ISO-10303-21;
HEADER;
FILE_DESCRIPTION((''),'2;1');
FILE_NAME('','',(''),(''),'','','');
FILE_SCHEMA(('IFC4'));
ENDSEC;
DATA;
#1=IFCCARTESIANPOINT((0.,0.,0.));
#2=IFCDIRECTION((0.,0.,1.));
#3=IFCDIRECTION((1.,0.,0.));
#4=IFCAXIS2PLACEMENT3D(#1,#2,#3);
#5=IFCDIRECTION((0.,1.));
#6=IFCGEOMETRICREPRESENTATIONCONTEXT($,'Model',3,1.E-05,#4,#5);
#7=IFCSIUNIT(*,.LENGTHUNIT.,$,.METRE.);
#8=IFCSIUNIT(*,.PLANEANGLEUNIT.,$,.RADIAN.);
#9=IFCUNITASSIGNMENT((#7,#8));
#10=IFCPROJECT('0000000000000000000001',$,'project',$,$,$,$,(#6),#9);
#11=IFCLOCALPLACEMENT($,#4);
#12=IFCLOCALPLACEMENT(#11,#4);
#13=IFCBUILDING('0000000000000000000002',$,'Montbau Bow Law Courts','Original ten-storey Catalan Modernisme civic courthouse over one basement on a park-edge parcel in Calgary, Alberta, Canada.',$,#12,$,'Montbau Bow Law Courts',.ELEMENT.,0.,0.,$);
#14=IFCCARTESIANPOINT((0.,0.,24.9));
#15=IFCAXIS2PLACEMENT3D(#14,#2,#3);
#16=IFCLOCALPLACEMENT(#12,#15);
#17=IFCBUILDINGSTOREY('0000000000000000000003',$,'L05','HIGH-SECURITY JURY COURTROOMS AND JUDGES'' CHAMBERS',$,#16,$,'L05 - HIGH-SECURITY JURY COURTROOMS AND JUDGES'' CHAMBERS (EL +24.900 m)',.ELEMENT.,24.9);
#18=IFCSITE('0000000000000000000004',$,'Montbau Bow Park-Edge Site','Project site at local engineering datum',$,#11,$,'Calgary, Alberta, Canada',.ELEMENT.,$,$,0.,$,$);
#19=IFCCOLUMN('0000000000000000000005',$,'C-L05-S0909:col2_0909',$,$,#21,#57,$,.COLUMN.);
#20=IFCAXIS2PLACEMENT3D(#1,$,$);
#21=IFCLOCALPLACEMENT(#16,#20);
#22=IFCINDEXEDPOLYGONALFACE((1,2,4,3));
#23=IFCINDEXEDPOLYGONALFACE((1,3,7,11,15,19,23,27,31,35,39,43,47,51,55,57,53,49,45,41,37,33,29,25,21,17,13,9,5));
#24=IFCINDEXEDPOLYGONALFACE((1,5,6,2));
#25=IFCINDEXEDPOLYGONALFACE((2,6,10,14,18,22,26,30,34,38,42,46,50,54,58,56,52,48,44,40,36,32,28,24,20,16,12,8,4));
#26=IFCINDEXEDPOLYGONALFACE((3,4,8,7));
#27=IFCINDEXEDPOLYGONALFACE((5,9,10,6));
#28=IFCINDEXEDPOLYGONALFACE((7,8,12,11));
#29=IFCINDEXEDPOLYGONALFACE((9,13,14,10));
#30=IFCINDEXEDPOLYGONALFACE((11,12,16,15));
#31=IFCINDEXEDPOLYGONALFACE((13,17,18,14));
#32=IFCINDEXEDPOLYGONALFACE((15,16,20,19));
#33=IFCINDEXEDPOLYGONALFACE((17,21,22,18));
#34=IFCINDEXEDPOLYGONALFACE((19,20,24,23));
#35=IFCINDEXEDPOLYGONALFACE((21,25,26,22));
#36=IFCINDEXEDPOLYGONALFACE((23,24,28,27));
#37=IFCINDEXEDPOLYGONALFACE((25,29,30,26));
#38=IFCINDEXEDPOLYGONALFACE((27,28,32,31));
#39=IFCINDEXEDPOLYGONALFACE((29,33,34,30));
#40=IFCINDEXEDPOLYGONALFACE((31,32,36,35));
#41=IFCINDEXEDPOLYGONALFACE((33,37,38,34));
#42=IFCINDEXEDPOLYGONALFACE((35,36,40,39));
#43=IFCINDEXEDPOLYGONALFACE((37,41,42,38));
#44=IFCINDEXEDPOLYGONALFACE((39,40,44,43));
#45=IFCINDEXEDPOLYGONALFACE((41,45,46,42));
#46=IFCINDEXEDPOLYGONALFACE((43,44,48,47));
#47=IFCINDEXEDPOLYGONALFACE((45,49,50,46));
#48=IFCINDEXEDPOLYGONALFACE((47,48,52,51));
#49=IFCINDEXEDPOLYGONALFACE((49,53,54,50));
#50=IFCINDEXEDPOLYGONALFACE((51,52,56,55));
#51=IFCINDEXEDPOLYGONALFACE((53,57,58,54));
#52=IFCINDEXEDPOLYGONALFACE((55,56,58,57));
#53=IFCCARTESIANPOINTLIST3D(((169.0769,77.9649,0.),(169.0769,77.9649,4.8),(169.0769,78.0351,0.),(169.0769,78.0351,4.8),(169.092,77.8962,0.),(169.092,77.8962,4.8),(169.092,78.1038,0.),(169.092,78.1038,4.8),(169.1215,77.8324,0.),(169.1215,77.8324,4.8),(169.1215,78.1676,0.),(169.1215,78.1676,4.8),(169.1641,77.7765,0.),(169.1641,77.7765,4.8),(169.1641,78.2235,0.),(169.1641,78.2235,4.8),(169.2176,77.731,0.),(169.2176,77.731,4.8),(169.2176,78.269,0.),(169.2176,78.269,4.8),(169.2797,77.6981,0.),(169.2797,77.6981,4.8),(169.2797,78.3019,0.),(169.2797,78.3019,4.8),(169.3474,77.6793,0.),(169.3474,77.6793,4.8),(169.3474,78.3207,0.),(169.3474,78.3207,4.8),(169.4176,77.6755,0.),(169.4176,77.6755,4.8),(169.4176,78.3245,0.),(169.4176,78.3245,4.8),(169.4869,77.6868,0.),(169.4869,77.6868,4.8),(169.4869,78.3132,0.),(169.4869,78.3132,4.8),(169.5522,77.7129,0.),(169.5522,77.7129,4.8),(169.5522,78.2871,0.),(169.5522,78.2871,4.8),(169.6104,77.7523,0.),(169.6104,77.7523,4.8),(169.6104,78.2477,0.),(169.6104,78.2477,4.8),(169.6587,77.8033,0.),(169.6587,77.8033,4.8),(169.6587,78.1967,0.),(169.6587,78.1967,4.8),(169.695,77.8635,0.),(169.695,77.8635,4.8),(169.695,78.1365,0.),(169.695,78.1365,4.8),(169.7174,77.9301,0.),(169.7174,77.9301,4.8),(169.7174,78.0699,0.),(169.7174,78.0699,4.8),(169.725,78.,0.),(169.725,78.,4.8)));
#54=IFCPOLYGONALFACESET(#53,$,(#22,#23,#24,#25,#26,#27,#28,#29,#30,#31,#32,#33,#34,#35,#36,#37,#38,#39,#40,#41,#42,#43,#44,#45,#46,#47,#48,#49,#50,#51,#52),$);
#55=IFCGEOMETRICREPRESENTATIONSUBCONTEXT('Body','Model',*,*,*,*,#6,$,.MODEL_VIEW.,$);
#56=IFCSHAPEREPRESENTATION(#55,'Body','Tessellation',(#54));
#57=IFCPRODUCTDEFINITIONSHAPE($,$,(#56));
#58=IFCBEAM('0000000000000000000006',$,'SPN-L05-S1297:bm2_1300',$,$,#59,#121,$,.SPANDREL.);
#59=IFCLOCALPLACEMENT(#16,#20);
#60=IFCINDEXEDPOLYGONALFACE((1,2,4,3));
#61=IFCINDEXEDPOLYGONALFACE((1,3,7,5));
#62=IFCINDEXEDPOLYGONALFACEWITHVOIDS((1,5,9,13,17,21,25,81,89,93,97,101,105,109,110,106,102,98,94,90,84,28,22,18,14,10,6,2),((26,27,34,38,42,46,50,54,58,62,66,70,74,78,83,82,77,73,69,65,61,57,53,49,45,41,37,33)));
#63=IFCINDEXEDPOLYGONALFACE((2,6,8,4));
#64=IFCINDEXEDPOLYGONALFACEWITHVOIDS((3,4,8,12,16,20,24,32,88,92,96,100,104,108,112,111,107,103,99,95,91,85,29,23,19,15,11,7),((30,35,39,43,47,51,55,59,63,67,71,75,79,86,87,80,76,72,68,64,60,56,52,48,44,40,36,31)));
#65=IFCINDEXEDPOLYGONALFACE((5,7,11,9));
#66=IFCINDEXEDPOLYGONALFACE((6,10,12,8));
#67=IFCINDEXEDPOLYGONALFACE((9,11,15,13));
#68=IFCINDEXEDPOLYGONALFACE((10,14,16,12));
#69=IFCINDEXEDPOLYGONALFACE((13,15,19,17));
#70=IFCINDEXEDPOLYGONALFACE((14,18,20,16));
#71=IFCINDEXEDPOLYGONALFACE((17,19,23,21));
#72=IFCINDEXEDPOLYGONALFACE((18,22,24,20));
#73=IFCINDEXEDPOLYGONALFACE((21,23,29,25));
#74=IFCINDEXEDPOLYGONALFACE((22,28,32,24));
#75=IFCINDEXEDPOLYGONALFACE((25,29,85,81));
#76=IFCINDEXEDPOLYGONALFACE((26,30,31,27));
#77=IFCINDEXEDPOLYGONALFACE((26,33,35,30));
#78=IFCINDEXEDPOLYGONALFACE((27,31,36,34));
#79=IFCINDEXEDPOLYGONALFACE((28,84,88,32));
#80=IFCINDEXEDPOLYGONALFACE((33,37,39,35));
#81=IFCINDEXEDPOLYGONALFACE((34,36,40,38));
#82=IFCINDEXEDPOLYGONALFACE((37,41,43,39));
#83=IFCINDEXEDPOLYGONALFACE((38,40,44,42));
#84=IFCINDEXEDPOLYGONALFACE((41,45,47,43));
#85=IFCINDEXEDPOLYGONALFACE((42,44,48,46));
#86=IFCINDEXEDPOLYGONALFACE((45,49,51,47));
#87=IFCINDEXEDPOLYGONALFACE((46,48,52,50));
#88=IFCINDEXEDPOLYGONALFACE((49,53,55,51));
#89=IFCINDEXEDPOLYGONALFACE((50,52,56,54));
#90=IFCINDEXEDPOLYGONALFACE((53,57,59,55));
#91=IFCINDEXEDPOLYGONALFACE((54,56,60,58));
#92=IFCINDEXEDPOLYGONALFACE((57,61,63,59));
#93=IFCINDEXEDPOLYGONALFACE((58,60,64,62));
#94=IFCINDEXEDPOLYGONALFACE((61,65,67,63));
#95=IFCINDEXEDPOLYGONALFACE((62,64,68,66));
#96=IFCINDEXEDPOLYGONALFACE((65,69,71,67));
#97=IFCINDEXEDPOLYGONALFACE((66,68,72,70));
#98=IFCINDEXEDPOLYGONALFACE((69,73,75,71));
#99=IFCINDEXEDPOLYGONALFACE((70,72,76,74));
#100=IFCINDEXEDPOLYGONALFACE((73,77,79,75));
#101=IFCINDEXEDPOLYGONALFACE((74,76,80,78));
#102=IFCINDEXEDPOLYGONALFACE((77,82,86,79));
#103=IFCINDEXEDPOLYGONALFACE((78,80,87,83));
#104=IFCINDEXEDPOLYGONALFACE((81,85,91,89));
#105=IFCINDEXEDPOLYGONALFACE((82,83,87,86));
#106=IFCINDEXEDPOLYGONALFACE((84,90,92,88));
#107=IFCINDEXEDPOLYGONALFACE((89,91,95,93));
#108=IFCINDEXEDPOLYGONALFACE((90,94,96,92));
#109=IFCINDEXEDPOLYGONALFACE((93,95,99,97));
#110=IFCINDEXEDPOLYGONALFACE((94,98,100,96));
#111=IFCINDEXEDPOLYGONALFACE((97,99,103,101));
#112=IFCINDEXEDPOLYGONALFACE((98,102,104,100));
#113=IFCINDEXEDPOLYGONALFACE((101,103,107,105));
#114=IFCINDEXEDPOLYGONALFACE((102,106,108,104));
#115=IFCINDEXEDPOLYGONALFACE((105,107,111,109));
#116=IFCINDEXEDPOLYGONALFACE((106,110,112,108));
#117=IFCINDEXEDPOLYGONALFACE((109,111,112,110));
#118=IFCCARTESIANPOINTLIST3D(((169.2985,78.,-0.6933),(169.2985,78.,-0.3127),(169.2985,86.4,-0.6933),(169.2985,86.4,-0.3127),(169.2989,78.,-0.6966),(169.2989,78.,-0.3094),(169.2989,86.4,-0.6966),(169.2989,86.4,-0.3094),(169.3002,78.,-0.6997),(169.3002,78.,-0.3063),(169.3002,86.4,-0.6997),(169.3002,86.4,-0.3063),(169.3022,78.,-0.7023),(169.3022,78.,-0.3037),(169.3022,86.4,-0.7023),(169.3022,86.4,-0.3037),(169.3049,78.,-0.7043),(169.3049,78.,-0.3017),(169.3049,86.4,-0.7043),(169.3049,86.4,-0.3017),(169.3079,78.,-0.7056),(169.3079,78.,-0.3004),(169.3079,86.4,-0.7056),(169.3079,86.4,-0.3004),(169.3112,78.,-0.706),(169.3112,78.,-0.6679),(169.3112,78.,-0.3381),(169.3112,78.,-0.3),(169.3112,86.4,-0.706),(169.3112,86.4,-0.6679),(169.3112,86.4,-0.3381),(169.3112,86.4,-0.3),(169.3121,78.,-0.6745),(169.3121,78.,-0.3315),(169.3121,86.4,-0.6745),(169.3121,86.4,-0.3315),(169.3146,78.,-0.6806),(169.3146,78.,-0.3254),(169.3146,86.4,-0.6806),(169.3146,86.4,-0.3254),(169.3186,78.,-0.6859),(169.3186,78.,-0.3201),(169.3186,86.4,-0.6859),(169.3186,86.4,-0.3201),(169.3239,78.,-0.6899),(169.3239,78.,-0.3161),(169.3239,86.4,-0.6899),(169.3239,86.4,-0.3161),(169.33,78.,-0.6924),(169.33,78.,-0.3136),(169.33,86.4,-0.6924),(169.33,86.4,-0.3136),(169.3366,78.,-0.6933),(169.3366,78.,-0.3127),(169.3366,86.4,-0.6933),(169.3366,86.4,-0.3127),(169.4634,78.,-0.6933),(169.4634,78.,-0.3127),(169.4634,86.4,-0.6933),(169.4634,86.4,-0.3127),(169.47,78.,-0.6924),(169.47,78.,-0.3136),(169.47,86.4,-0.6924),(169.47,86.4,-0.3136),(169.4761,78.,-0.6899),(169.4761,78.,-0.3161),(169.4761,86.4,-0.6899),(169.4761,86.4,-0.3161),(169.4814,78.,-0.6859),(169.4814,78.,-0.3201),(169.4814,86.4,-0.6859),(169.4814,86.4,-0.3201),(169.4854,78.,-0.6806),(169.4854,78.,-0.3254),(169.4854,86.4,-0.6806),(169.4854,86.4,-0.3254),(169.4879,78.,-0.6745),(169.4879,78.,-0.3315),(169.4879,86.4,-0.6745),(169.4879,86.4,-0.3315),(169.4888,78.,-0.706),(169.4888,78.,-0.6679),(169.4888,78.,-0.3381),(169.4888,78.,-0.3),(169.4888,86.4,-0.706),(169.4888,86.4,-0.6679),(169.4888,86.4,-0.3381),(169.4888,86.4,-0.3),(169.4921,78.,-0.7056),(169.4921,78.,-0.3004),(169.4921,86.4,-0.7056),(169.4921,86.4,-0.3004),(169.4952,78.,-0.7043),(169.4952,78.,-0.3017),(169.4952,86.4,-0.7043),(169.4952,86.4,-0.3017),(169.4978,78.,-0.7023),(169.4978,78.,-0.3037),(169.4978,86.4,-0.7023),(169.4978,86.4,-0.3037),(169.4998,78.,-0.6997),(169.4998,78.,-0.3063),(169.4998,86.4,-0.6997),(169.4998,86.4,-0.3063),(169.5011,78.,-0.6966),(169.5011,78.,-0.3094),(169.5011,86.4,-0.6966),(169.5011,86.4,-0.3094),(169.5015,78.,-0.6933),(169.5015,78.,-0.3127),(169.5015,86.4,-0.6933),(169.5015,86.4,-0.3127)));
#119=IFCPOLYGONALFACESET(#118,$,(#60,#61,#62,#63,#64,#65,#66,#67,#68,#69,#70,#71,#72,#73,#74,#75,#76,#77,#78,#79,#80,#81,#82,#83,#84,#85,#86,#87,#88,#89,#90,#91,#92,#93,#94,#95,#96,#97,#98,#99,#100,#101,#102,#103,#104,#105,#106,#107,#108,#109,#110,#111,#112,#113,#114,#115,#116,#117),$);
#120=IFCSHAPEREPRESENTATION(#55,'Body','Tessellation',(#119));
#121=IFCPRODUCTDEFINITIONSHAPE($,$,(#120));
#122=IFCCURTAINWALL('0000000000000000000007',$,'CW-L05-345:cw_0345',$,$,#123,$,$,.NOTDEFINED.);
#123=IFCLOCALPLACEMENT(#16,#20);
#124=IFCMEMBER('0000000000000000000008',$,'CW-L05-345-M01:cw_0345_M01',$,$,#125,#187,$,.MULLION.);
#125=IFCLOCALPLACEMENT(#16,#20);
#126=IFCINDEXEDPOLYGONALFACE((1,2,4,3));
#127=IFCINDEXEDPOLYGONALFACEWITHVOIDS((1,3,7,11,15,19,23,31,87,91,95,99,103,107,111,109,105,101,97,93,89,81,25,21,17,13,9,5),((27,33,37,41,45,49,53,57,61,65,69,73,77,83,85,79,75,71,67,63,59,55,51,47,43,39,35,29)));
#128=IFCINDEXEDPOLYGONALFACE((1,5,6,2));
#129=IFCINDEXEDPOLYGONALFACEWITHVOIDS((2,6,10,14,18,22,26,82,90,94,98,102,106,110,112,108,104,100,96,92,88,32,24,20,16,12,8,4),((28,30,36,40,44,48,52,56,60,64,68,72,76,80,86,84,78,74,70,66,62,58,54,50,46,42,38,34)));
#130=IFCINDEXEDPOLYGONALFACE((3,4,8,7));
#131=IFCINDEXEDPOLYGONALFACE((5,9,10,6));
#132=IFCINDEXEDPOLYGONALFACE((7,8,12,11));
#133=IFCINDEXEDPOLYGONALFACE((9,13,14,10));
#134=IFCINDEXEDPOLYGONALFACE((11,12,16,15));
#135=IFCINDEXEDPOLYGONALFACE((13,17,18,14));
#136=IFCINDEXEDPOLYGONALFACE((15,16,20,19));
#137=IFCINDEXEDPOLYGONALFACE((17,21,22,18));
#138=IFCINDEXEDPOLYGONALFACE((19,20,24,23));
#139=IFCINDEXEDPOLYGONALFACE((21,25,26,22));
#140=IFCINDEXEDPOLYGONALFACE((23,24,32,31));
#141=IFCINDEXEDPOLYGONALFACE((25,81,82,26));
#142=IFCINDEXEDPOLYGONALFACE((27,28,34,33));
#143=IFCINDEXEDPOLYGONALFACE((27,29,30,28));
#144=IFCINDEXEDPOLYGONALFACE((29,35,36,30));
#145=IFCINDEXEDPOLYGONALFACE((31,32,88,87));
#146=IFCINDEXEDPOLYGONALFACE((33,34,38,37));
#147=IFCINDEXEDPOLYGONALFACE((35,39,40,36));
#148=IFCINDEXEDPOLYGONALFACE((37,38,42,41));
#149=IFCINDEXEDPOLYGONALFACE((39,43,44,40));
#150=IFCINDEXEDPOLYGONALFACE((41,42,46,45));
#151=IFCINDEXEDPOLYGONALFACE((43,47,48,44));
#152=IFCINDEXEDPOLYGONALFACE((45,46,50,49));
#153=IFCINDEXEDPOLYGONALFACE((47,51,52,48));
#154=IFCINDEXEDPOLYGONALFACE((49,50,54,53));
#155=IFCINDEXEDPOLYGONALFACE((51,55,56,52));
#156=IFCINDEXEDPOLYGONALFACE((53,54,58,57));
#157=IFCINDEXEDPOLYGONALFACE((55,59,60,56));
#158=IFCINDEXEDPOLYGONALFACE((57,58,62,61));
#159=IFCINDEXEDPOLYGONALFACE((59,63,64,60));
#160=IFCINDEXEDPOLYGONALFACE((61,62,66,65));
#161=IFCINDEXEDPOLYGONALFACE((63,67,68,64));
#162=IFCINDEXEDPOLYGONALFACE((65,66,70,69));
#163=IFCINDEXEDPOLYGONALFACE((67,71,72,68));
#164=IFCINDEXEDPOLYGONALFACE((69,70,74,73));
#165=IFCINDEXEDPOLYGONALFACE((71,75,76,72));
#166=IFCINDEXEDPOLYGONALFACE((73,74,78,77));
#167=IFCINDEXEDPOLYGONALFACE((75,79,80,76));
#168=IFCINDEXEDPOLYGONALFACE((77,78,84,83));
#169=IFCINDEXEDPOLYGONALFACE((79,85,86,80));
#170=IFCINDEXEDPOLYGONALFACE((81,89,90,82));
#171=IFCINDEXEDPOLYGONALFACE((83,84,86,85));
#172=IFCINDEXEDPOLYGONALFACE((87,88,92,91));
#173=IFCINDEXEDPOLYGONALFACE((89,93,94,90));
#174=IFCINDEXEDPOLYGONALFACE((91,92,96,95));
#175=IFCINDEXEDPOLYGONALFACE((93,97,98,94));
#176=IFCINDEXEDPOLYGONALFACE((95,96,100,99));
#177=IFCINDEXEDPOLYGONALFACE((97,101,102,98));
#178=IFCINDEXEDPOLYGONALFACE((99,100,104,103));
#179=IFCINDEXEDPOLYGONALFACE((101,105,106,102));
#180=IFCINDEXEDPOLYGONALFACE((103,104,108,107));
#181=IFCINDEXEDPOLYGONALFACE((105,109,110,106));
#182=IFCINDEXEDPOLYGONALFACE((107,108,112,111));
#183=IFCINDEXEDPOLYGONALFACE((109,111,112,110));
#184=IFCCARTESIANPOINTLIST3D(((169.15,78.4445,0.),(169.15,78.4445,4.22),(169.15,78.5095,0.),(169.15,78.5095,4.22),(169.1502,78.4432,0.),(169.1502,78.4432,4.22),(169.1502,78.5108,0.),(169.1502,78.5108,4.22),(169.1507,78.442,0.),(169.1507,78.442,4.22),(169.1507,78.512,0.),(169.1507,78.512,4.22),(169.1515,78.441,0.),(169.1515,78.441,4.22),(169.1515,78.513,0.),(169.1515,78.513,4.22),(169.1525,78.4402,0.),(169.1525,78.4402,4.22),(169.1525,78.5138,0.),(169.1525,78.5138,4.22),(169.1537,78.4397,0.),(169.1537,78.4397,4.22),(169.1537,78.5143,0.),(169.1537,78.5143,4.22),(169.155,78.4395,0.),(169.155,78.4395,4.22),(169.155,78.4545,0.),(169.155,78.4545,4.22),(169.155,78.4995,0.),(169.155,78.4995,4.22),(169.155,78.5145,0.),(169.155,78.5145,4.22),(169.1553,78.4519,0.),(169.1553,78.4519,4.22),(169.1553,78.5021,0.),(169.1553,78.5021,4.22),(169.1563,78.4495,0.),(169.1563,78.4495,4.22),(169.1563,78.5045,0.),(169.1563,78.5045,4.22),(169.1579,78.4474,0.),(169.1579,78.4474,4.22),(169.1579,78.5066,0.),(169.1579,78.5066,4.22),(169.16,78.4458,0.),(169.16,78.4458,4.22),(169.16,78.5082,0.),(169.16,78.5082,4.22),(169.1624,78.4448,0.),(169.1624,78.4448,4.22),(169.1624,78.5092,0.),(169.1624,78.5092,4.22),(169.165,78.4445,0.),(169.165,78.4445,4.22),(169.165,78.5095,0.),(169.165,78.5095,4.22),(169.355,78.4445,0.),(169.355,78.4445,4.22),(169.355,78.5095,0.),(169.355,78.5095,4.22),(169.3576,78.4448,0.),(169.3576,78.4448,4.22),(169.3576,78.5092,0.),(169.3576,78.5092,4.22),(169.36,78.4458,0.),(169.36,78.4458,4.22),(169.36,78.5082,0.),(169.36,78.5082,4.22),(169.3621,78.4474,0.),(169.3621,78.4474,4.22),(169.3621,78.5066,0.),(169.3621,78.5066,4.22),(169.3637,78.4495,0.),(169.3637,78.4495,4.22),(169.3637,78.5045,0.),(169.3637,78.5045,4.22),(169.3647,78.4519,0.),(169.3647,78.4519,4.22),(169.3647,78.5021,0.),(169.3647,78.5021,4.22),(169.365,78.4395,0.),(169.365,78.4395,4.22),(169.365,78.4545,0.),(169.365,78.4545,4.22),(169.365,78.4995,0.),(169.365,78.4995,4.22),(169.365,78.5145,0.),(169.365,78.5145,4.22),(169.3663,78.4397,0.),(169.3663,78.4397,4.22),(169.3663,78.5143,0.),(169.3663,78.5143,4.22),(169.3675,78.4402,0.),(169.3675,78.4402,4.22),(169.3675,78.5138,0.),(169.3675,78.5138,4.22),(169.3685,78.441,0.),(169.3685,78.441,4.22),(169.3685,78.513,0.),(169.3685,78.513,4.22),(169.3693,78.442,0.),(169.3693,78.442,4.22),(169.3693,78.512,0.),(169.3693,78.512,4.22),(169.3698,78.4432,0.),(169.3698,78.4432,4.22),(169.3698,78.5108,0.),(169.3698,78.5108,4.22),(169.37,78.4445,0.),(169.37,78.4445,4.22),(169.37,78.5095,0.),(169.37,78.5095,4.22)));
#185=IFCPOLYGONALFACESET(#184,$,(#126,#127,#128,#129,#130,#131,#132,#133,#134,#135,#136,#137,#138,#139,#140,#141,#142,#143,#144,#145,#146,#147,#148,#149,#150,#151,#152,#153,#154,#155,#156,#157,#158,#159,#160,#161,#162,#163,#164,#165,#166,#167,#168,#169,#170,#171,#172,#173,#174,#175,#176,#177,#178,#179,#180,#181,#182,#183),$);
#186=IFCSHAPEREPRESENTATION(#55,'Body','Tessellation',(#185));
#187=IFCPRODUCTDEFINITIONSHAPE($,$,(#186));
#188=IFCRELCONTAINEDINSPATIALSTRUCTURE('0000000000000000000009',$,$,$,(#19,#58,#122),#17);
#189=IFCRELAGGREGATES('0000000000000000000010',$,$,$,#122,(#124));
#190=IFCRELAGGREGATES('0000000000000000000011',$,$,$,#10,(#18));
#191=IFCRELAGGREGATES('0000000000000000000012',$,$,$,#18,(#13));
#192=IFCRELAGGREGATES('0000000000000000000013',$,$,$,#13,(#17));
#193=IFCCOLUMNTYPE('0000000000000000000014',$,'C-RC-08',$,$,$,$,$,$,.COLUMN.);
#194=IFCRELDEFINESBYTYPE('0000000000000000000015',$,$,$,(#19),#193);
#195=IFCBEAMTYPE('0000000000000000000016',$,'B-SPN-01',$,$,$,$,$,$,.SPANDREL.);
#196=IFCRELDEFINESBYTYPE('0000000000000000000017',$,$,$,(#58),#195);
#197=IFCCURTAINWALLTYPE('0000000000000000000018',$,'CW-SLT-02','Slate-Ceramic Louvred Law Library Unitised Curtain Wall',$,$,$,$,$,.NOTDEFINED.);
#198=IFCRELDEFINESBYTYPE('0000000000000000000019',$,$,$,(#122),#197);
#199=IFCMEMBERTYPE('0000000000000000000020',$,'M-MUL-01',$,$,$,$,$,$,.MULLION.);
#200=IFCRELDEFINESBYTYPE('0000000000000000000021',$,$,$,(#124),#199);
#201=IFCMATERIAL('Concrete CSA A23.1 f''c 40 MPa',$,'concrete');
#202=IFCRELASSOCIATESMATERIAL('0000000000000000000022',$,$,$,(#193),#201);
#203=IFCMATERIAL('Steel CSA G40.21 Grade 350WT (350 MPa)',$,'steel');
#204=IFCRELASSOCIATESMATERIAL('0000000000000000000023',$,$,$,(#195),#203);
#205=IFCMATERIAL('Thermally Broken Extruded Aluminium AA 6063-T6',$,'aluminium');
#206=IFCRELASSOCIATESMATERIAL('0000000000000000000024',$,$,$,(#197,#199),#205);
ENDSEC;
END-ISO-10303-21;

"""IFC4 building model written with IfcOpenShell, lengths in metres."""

from ifc_helpers import new_model, si_unit, direction, frame, origin_with_axes, origin_2d_with_axis, place, context, subcontext, project, spatial, hollow_rectangle, circle, extrude, material, material_profile, profile_set, type_object, element, aggregate, save


model = new_model("IFC4")

# Units and contexts
model_context = context("Model", 3, precision=1e-05, world=origin_with_axes(), true_north=direction((0.0, 1.0)))
body_context = subcontext(model_context, "Body", "Model", "MODEL_VIEW")
ifc_project = project(units=[si_unit("LENGTHUNIT", "METRE"), si_unit("PLANEANGLEUNIT", "RADIAN")], contexts=[model_context])

# Site, building, storey
site_placement = place(None, origin_with_axes())
site = spatial("IfcSite", under=ifc_project, at=site_placement, Name="Montbau Bow Park-Edge Site", Description="Project site at local engineering datum", LongName="Calgary, Alberta, Canada", CompositionType="ELEMENT", RefElevation=0.0)
building_placement = place(site_placement, origin_with_axes())
building = spatial("IfcBuilding", under=site, at=building_placement, Name="Montbau Bow Law Courts", Description="Original ten-storey Catalan Modernisme civic courthouse over one basement on a park-edge parcel in Calgary, Alberta, Canada.", LongName="Montbau Bow Law Courts", CompositionType="ELEMENT", ElevationOfRefHeight=0.0, ElevationOfTerrain=0.0)
storey_placement = place(building_placement, frame((0.0, 0.0, 24.9), z_axis=(0.0, 0.0, 1.0), x_axis=(1.0, 0.0, 0.0)))
storey = spatial("IfcBuildingStorey", under=building, at=storey_placement, Name="L05", Description="HIGH-SECURITY JURY COURTROOMS AND JUDGES' CHAMBERS", LongName="L05 - HIGH-SECURITY JURY COURTROOMS AND JUDGES' CHAMBERS (EL +24.900 m)", CompositionType="ELEMENT", Elevation=24.9)

# Column
ifc_material_1 = material(Name="Concrete CSA A23.1 f'c 40 MPa", Category="concrete")
ifc_material_profile_1 = material_profile(ifc_material_1, circle(Radius=0.325, at=origin_2d_with_axis()), Name="RC650D", Category="Main", Priority=0)
ifc_profile_set_1 = profile_set([ifc_material_profile_1], Name="Concrete CSA A23.1 f'c 40 MPa")
column_type = type_object("IfcColumnType", Name="C-RC-08", PredefinedType="COLUMN", material=ifc_profile_set_1)
column_placement = place(None, frame((169.4, 78.0, 24.9), z_axis=(0.0, 0.0, 1.0), x_axis=(1.0, 0.0, 0.0)))
element("IfcColumn", 1, at=column_placement, inside=storey, type_object=column_type, Name="C-L05-S0909:col2_0909", PredefinedType="COLUMN", context=body_context, shape_type="SweptSolid", body=[
    extrude(circle(Radius=0.325, at=origin_2d_with_axis()), origin_with_axes(), (0.0, 0.0, 1.0), 4.8),
])

# Beam
ifc_material_2 = material(Name="Steel CSA G40.21 Grade 350WT (350 MPa)", Category="steel")
ifc_material_profile_2 = material_profile(ifc_material_2, hollow_rectangle(XDim=0.203, YDim=0.406, WallThickness=0.0127, InnerFilletRadius=0.0254, OuterFilletRadius=0.0127, at=origin_2d_with_axis()), Name="HSS406X203X13", Category="Main", Priority=0)
ifc_profile_set_2 = profile_set([ifc_material_profile_2], Name="Steel CSA G40.21 Grade 350WT (350 MPa)")
beam_type = type_object("IfcBeamType", Name="B-SPN-01", PredefinedType="SPANDREL", material=ifc_profile_set_2)
beam_placement = place(None, frame((169.4, 78.0, 24.397), z_axis=(0.0, 1.0, 0.0), x_axis=(-1.0, 0.0, 0.0)))
element("IfcBeam", 2, at=beam_placement, inside=storey, type_object=beam_type, Name="SPN-L05-S1297:bm2_1300", PredefinedType="SPANDREL", context=body_context, shape_type="SweptSolid", body=[
    extrude(hollow_rectangle(XDim=0.203, YDim=0.406, WallThickness=0.0127, InnerFilletRadius=0.0254, OuterFilletRadius=0.0127, at=origin_2d_with_axis()), origin_with_axes(), (0.0, 0.0, 1.0), 8.4),
])

# Curtain wall, member
ifc_material_3 = material(Name="Thermally Broken Extruded Aluminium AA 6063-T6", Category="aluminium")
curtain_wall_type = type_object("IfcCurtainWallType", Name="CW-SLT-02", Description="Slate-Ceramic Louvred Law Library Unitised Curtain Wall", PredefinedType="NOTDEFINED", material=ifc_material_3)
curtain_wall_placement = place(None, frame((169.26, 78.44, 24.9), z_axis=(0.0, 0.0, 1.0), x_axis=(1.0, 0.0, 0.0)))
curtain_wall = element("IfcCurtainWall", 3, at=curtain_wall_placement, inside=storey, type_object=curtain_wall_type, Name="CW-L05-345:cw_0345", PredefinedType="NOTDEFINED")
ifc_material_profile_3 = material_profile(ifc_material_3, hollow_rectangle(XDim=0.075, YDim=0.22, WallThickness=0.005, InnerFilletRadius=0.01, OuterFilletRadius=0.005, at=origin_2d_with_axis()), Name="CWM-220X75", Category="Main", Priority=0)
ifc_profile_set_3 = profile_set([ifc_material_profile_3], Name="Thermally Broken Extruded Aluminium AA 6063-T6")
member_type_1 = type_object("IfcMemberType", Name="M-MUL-01", PredefinedType="MULLION", material=ifc_profile_set_3)
member_1_placement = place(None, frame((169.26, 78.477, 24.9), z_axis=(0.0, 0.0, 1.0), x_axis=(0.0, 1.0, 0.0)))
member_1 = element("IfcMember", 4, at=member_1_placement, type_object=member_type_1, Name="CW-L05-345-M01:cw_0345_M01", PredefinedType="MULLION", context=body_context, shape_type="SweptSolid", body=[
    extrude(hollow_rectangle(XDim=0.075, YDim=0.22, WallThickness=0.005, InnerFilletRadius=0.01, OuterFilletRadius=0.005, at=origin_2d_with_axis()), origin_with_axes(), (0.0, 0.0, 1.0), 4.22),
])
aggregate(curtain_wall, [member_1])

save(model, "model.ifc")
